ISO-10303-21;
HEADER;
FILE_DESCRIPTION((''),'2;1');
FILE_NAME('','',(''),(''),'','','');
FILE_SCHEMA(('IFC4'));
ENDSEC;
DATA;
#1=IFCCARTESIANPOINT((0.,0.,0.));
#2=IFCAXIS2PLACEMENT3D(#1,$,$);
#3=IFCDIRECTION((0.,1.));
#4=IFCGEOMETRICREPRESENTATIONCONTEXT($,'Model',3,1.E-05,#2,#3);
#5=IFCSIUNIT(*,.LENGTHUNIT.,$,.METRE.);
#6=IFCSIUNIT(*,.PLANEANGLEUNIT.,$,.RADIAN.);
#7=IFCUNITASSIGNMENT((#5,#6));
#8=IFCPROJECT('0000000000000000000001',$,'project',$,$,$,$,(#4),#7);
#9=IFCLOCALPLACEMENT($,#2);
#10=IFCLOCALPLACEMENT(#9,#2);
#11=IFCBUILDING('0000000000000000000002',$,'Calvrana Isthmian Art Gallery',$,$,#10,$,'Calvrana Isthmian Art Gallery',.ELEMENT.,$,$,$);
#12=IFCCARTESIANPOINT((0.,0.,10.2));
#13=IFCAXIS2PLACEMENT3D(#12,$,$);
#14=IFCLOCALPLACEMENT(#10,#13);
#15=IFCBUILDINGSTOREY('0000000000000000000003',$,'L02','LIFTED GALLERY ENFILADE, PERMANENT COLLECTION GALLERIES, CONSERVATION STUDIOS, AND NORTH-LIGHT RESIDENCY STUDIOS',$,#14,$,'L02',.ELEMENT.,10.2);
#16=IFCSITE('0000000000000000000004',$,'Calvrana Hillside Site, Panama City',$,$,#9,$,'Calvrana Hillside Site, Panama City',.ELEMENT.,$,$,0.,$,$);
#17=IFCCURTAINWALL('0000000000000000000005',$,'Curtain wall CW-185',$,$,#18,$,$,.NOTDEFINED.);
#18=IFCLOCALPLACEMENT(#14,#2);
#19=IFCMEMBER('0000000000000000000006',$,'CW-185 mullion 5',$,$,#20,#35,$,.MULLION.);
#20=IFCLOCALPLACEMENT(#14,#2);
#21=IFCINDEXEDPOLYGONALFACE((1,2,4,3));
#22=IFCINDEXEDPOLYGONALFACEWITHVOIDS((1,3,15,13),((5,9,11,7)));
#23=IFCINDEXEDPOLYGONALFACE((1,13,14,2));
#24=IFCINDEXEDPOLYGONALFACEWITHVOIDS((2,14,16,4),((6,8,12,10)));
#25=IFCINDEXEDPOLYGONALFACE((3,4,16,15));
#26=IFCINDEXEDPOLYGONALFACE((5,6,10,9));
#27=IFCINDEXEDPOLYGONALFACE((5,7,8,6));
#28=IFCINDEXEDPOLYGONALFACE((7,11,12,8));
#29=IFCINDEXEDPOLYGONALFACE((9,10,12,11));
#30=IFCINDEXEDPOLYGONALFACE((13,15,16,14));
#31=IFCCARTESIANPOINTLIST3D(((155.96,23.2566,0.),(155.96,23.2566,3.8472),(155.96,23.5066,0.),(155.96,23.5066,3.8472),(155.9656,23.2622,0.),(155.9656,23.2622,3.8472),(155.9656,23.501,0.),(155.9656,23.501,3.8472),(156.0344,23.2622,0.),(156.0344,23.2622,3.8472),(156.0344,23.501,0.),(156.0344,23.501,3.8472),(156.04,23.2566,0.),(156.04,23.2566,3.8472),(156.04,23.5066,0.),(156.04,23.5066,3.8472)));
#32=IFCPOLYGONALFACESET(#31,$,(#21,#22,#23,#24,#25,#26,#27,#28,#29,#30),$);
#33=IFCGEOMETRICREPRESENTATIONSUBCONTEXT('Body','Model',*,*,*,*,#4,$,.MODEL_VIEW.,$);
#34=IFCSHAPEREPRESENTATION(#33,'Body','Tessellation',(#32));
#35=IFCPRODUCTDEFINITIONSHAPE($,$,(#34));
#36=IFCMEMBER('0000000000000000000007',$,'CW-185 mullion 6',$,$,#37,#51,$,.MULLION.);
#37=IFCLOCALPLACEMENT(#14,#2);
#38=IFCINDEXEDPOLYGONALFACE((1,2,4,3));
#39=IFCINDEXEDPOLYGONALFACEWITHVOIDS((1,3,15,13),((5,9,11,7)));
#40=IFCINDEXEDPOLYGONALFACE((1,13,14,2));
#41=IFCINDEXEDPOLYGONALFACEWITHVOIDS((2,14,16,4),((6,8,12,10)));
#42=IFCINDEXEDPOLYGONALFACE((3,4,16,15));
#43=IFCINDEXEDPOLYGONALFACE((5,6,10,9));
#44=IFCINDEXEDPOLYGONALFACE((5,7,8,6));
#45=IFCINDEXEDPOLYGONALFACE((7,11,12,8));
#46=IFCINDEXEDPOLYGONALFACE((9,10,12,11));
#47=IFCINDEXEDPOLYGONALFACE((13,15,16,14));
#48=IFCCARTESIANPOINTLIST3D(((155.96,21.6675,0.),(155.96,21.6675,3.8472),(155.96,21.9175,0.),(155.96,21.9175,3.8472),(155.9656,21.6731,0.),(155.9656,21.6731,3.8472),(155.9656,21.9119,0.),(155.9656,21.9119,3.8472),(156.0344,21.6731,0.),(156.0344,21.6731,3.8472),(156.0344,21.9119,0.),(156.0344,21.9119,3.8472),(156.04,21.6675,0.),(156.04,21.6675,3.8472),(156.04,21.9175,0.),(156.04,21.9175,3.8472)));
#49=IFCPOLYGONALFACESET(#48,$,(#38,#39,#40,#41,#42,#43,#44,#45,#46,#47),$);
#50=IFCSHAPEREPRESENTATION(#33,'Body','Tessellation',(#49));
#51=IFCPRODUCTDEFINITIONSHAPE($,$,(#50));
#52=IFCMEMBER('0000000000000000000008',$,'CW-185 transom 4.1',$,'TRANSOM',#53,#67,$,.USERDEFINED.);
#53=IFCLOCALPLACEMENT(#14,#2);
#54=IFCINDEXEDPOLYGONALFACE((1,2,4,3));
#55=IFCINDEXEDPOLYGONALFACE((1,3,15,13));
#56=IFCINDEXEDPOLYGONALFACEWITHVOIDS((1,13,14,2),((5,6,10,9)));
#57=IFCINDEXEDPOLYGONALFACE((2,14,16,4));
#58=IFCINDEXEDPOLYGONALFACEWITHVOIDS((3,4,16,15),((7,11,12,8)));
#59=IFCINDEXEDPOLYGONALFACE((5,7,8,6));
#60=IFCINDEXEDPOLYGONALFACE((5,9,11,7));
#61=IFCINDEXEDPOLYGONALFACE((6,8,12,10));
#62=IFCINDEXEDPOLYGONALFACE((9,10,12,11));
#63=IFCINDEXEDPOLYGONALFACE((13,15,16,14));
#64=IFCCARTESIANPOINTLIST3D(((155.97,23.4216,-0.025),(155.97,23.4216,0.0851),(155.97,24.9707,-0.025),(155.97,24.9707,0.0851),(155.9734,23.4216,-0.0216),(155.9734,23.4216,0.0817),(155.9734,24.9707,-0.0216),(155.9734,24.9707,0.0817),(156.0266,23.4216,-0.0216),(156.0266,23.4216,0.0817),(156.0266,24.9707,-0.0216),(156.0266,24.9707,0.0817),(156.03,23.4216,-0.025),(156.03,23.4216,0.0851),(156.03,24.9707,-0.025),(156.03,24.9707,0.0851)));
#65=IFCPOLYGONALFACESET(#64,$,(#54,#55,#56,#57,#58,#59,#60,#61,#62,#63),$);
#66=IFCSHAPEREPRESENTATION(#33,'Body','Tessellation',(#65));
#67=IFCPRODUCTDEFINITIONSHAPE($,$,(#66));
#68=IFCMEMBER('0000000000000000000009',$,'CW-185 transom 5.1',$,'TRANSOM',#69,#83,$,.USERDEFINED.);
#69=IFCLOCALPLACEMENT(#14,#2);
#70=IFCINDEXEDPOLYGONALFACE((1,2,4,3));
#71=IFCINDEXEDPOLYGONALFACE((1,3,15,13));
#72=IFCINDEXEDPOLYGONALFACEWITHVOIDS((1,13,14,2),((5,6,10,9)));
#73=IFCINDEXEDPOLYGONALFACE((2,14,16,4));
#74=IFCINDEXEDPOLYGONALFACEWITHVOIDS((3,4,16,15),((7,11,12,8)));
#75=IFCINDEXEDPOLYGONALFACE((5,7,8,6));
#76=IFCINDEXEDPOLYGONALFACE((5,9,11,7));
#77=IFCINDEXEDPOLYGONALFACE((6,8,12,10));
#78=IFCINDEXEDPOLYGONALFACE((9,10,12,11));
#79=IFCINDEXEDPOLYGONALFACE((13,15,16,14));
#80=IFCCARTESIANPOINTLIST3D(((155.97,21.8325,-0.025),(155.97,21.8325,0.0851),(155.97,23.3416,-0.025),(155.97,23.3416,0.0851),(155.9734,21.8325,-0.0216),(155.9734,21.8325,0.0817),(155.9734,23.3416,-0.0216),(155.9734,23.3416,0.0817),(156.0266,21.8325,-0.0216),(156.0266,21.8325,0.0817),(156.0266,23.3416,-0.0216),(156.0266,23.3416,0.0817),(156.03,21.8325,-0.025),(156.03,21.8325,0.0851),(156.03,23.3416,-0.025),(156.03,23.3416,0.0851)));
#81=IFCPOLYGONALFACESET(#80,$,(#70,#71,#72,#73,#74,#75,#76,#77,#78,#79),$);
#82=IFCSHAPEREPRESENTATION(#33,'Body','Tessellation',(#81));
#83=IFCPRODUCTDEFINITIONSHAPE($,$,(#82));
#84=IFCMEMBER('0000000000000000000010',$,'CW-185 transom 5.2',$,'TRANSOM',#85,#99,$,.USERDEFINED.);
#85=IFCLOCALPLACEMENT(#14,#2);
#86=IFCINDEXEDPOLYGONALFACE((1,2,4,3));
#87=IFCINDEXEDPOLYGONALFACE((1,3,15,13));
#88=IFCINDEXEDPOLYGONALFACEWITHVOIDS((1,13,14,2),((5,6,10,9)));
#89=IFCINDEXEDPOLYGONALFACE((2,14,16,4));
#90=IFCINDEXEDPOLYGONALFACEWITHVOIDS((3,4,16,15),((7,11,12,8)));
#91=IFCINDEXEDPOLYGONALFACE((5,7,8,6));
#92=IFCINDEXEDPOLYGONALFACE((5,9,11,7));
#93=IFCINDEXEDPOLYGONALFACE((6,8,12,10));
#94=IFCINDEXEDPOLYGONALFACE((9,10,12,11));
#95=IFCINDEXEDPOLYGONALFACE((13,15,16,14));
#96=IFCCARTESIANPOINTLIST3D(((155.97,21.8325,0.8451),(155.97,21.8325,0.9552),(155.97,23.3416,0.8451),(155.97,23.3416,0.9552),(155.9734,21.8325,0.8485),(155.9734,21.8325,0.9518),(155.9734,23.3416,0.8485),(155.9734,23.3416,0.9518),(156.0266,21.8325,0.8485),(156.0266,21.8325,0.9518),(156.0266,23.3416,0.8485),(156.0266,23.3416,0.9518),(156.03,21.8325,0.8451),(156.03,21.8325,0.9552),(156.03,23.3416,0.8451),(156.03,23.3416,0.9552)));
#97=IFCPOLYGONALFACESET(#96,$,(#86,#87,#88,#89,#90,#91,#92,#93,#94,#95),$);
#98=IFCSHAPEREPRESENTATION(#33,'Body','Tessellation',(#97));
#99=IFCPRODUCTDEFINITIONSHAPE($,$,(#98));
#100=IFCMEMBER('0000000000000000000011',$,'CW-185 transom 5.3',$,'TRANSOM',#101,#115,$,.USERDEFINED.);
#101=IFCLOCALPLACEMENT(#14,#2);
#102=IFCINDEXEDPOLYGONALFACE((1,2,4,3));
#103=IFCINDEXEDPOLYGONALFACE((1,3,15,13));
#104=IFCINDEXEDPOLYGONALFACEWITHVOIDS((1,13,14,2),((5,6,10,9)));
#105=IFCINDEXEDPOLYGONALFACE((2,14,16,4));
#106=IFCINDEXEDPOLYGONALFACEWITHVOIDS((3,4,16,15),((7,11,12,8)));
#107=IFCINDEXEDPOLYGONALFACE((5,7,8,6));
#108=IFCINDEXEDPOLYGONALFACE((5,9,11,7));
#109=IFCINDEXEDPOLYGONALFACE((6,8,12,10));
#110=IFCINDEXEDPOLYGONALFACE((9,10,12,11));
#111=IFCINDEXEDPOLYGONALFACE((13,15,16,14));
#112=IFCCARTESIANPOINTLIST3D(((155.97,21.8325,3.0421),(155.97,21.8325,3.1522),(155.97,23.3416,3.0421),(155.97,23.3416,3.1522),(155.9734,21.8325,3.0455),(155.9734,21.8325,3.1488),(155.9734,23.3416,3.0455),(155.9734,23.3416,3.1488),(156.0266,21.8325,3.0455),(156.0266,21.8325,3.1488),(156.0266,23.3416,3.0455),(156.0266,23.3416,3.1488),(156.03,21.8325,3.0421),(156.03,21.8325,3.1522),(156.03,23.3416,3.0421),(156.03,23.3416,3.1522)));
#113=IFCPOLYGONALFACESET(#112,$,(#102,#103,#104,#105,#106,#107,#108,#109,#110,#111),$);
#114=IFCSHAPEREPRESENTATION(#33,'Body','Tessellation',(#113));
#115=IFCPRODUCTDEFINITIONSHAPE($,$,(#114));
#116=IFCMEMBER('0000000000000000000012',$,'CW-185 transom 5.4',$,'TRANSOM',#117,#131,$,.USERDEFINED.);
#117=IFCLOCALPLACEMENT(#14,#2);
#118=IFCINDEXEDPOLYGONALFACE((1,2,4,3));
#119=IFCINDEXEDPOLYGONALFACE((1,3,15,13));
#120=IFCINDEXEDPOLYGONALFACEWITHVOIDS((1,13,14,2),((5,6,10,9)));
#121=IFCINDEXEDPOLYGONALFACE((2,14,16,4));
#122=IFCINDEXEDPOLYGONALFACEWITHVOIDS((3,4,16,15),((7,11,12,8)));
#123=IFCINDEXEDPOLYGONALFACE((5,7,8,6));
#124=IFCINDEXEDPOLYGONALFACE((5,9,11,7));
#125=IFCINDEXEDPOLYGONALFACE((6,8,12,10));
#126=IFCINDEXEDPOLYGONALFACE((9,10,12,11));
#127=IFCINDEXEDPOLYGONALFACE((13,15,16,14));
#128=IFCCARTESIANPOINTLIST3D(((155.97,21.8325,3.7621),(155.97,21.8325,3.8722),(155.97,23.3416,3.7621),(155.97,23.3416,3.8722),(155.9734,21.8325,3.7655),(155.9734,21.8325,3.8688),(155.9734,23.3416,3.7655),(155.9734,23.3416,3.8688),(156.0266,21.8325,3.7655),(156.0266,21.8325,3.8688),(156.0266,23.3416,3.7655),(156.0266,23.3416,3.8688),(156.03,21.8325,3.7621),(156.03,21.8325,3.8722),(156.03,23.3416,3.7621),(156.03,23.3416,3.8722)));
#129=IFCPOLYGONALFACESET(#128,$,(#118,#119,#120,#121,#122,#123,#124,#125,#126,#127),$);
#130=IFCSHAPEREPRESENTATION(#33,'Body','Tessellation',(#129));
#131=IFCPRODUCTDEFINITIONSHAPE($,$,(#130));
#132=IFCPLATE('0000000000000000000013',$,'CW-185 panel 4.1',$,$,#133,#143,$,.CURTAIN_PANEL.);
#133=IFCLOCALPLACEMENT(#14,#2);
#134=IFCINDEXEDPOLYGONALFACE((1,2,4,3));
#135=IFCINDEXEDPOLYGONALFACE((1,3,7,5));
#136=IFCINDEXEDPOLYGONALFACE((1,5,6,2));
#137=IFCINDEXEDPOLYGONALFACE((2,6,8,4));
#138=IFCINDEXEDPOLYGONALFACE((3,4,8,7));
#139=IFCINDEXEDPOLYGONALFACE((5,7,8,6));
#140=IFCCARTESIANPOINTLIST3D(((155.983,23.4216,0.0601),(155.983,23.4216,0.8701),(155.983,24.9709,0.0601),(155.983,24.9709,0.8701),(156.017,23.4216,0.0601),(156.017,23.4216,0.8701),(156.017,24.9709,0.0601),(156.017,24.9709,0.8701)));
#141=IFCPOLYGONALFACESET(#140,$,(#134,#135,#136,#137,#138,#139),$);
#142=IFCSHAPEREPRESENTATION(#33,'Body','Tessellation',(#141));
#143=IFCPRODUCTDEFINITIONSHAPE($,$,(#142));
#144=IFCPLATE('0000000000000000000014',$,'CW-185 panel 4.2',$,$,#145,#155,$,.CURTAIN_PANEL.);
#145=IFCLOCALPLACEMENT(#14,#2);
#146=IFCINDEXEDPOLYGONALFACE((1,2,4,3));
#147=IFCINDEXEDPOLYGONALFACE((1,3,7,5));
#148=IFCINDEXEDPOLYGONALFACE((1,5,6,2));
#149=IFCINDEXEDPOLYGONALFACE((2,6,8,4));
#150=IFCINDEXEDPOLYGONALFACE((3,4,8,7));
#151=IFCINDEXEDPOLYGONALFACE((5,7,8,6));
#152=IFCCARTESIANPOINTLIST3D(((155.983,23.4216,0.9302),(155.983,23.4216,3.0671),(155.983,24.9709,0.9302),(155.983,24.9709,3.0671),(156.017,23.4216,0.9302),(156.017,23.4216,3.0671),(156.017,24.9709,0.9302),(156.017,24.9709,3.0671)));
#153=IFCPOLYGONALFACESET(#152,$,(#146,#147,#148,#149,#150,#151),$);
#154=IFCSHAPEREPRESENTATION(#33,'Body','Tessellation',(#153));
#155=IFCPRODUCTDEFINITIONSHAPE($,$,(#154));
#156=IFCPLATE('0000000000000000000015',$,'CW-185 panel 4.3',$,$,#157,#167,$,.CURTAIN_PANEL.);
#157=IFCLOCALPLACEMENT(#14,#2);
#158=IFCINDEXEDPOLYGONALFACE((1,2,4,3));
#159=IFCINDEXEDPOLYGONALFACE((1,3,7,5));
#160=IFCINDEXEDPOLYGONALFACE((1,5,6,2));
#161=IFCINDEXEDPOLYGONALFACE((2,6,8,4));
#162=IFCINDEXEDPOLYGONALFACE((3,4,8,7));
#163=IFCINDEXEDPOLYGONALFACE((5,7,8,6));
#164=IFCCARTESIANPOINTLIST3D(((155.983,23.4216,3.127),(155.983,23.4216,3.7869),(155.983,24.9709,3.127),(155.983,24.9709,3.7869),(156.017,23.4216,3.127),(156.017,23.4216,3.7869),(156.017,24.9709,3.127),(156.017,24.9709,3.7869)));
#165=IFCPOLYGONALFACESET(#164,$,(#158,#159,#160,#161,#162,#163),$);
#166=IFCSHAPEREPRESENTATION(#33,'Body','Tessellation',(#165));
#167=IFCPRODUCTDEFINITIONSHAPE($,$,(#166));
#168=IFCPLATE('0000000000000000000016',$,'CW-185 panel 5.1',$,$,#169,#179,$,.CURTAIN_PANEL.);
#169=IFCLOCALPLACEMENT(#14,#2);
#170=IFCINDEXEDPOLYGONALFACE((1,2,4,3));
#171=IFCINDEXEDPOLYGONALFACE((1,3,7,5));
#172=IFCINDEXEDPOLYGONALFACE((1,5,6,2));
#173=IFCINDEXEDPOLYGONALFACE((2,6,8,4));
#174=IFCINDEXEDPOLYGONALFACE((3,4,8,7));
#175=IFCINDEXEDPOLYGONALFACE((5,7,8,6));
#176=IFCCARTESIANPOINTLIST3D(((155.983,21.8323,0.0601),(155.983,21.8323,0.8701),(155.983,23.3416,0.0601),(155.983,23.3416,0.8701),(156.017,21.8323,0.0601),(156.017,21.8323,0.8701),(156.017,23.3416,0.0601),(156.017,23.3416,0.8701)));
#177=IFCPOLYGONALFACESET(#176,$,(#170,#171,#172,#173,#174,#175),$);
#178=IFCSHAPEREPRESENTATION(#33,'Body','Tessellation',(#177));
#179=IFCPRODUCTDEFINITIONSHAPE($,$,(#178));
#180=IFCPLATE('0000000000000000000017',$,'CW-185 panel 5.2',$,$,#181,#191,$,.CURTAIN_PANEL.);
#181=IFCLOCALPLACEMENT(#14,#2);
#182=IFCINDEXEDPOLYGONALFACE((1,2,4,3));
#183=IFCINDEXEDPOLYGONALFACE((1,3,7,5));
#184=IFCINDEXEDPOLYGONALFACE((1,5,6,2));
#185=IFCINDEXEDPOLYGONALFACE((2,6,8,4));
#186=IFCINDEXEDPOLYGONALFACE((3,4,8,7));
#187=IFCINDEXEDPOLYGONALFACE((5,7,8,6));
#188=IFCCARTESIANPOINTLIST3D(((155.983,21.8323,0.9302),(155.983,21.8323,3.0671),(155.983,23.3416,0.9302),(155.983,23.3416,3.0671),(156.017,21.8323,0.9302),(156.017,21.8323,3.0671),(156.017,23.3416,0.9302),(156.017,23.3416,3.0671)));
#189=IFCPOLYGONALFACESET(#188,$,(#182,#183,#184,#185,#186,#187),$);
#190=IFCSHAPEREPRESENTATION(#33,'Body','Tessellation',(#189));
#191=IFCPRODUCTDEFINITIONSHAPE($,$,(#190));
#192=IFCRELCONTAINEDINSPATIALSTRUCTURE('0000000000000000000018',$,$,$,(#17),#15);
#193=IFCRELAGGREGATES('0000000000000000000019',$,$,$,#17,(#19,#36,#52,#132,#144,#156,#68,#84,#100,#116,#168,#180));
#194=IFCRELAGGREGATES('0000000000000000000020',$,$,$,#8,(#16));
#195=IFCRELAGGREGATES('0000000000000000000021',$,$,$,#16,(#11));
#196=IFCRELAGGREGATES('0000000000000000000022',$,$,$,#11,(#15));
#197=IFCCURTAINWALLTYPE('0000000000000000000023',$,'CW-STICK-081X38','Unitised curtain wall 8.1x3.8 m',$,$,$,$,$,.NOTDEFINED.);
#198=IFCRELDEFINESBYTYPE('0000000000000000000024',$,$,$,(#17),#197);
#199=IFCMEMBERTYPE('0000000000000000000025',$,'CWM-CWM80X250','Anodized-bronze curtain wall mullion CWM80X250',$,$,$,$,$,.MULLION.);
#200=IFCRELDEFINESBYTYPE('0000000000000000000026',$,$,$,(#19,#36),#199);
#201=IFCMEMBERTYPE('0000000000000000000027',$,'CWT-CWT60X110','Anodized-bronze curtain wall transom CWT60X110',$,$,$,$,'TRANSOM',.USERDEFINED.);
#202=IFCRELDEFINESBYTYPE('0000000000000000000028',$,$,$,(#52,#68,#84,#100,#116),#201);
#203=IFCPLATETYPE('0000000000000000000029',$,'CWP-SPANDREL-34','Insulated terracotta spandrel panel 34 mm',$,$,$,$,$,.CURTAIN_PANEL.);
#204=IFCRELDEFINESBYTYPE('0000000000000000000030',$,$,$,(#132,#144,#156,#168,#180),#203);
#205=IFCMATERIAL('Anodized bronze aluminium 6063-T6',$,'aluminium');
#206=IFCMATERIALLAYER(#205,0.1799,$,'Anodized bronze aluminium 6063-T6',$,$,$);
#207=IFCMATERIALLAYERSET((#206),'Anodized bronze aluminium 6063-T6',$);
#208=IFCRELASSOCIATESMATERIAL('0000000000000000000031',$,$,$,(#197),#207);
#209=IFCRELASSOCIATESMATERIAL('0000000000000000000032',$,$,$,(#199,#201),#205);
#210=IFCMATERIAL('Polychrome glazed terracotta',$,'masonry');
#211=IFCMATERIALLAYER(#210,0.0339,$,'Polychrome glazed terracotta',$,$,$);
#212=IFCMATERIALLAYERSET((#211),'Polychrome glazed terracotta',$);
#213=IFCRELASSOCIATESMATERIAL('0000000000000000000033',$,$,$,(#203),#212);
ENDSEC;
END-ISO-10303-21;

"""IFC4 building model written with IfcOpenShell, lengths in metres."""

from ifc_helpers import new_model, si_unit, direction, frame, origin, origin_2d, place, context, subcontext, project, spatial, rectangle, hollow_rectangle, extrude, material, layer, layer_set, material_profile, profile_set, type_object, element, aggregate, save


model = new_model("IFC4")

# Units and contexts
model_context = context("Model", 3, precision=1e-05, world=origin(), true_north=direction((0.0, 1.0)))
body_context = subcontext(model_context, "Body", "Model", "MODEL_VIEW")
ifc_project = project(units=[si_unit("LENGTHUNIT", "METRE"), si_unit("PLANEANGLEUNIT", "RADIAN")], contexts=[model_context])

# Site, building, storey
site_placement = place(None, origin())
site = spatial("IfcSite", under=ifc_project, at=site_placement, Name="Calvrana Hillside Site, Panama City", LongName="Calvrana Hillside Site, Panama City", CompositionType="ELEMENT", RefElevation=0.0)
building_placement = place(site_placement, origin())
building = spatial("IfcBuilding", under=site, at=building_placement, Name="Calvrana Isthmian Art Gallery", LongName="Calvrana Isthmian Art Gallery", CompositionType="ELEMENT")
storey_placement = place(building_placement, frame((0.0, 0.0, 10.2)))
storey = spatial("IfcBuildingStorey", under=building, at=storey_placement, Name="L02", Description="LIFTED GALLERY ENFILADE, PERMANENT COLLECTION GALLERIES, CONSERVATION STUDIOS, AND NORTH-LIGHT RESIDENCY STUDIOS", LongName="L02", CompositionType="ELEMENT", Elevation=10.2)

# Curtain wall, members, plates
ifc_material_1 = material(Name="Anodized bronze aluminium 6063-T6", Category="aluminium")
ifc_layer_1 = layer(ifc_material_1, 0.1799, Name="Anodized bronze aluminium 6063-T6")
ifc_layer_set_1 = layer_set([ifc_layer_1], Name="Anodized bronze aluminium 6063-T6")
curtain_wall_type = type_object("IfcCurtainWallType", Name="CW-STICK-081X38", Description="Unitised curtain wall 8.1x3.8 m", PredefinedType="NOTDEFINED", material=ifc_layer_set_1)
curtain_wall_placement = place(storey_placement, origin())
curtain_wall = element("IfcCurtainWall", 1, at=curtain_wall_placement, inside=storey, type_object=curtain_wall_type, Name="Curtain wall CW-185", PredefinedType="NOTDEFINED")
ifc_material_profile_1 = material_profile(ifc_material_1, hollow_rectangle(XDim=0.0801, YDim=0.25, WallThickness=0.0056, at=origin_2d()), Name="CWM80X250")
ifc_profile_set_1 = profile_set([ifc_material_profile_1], Name="Anodized bronze aluminium 6063-T6")
member_type_1 = type_object("IfcMemberType", Name="CWM-CWM80X250", Description="Anodized-bronze curtain wall mullion CWM80X250", PredefinedType="MULLION", material=ifc_profile_set_1)
member_1_placement = place(storey_placement, frame((156.0, 23.3816, 0.0), z_axis=(0.0, 0.0, 1.0), x_axis=(1.0, 0.0, 0.0)))
member_1 = element("IfcMember", 2, at=member_1_placement, type_object=member_type_1, Name="CW-185 mullion 5", PredefinedType="MULLION", context=body_context, shape_type="SweptSolid", body=[
    extrude(hollow_rectangle(XDim=0.0801, YDim=0.25, WallThickness=0.0056, at=origin_2d()), origin(), (0.0, 0.0, 1.0), 3.8472),
])
member_2_placement = place(storey_placement, frame((156.0, 21.7925, 0.0), z_axis=(0.0, 0.0, 1.0), x_axis=(1.0, 0.0, 0.0)))
member_2 = element("IfcMember", 3, at=member_2_placement, type_object=member_type_1, Name="CW-185 mullion 6", PredefinedType="MULLION", context=body_context, shape_type="SweptSolid", body=[
    extrude(hollow_rectangle(XDim=0.0801, YDim=0.25, WallThickness=0.0056, at=origin_2d()), origin(), (0.0, 0.0, 1.0), 3.8472),
])
ifc_material_profile_2 = material_profile(ifc_material_1, hollow_rectangle(XDim=0.0601, YDim=0.1101, WallThickness=0.0034, at=origin_2d()), Name="CWT60X110")
ifc_profile_set_2 = profile_set([ifc_material_profile_2], Name="Anodized bronze aluminium 6063-T6")
member_type_2 = type_object("IfcMemberType", Name="CWT-CWT60X110", Description="Anodized-bronze curtain wall transom CWT60X110", ElementType="TRANSOM", PredefinedType="USERDEFINED", material=ifc_profile_set_2)
member_3_placement = place(storey_placement, frame((156.0, 24.9707, 0.03), z_axis=(0.0, -1.0, 0.0), x_axis=(1.0, 0.0, 0.0)))
member_3 = element("IfcMember", 4, at=member_3_placement, type_object=member_type_2, Name="CW-185 transom 4.1", ObjectType="TRANSOM", PredefinedType="USERDEFINED", context=body_context, shape_type="SweptSolid", body=[
    extrude(hollow_rectangle(XDim=0.0601, YDim=0.1101, WallThickness=0.0034, at=origin_2d()), origin(), (0.0, 0.0, 1.0), 1.5491),
])
member_4_placement = place(storey_placement, frame((156.0, 23.3416, 0.03), z_axis=(0.0, -1.0, 0.0), x_axis=(1.0, 0.0, 0.0)))
member_4 = element("IfcMember", 5, at=member_4_placement, type_object=member_type_2, Name="CW-185 transom 5.1", ObjectType="TRANSOM", PredefinedType="USERDEFINED", context=body_context, shape_type="SweptSolid", body=[
    extrude(hollow_rectangle(XDim=0.0601, YDim=0.1101, WallThickness=0.0034, at=origin_2d()), origin(), (0.0, 0.0, 1.0), 1.509),
])
member_5_placement = place(storey_placement, frame((156.0, 23.3416, 0.9001), z_axis=(0.0, -1.0, 0.0), x_axis=(1.0, 0.0, 0.0)))
member_5 = element("IfcMember", 6, at=member_5_placement, type_object=member_type_2, Name="CW-185 transom 5.2", ObjectType="TRANSOM", PredefinedType="USERDEFINED", context=body_context, shape_type="SweptSolid", body=[
    extrude(hollow_rectangle(XDim=0.0601, YDim=0.1101, WallThickness=0.0034, at=origin_2d()), origin(), (0.0, 0.0, 1.0), 1.509),
])
member_6_placement = place(storey_placement, frame((156.0, 23.3416, 3.0972), z_axis=(0.0, -1.0, 0.0), x_axis=(1.0, 0.0, 0.0)))
member_6 = element("IfcMember", 7, at=member_6_placement, type_object=member_type_2, Name="CW-185 transom 5.3", ObjectType="TRANSOM", PredefinedType="USERDEFINED", context=body_context, shape_type="SweptSolid", body=[
    extrude(hollow_rectangle(XDim=0.0601, YDim=0.1101, WallThickness=0.0034, at=origin_2d()), origin(), (0.0, 0.0, 1.0), 1.509),
])
member_7_placement = place(storey_placement, frame((156.0, 23.3416, 3.8171), z_axis=(0.0, -1.0, 0.0), x_axis=(1.0, 0.0, 0.0)))
member_7 = element("IfcMember", 8, at=member_7_placement, type_object=member_type_2, Name="CW-185 transom 5.4", ObjectType="TRANSOM", PredefinedType="USERDEFINED", context=body_context, shape_type="SweptSolid", body=[
    extrude(hollow_rectangle(XDim=0.0601, YDim=0.1101, WallThickness=0.0034, at=origin_2d()), origin(), (0.0, 0.0, 1.0), 1.509),
])
ifc_material_2 = material(Name="Polychrome glazed terracotta", Category="masonry")
ifc_layer_2 = layer(ifc_material_2, 0.0339, Name="Polychrome glazed terracotta")
ifc_layer_set_2 = layer_set([ifc_layer_2], Name="Polychrome glazed terracotta")
plate_type_1 = type_object("IfcPlateType", Name="CWP-SPANDREL-34", Description="Insulated terracotta spandrel panel 34 mm", PredefinedType="CURTAIN_PANEL", material=ifc_layer_set_2)
plate_1_placement = place(storey_placement, frame((156.0, 24.1963, 0.0601), z_axis=(0.0, 0.0, 1.0), x_axis=(0.0, -1.0, 0.0)))
plate_1 = element("IfcPlate", 9, at=plate_1_placement, type_object=plate_type_1, Name="CW-185 panel 4.1", PredefinedType="CURTAIN_PANEL", context=body_context, shape_type="SweptSolid", body=[
    extrude(rectangle(XDim=1.5493, YDim=0.0339, at=origin_2d()), origin(), (0.0, 0.0, 1.0), 0.8101),
])
plate_2_placement = place(storey_placement, frame((156.0, 24.1963, 0.9302), z_axis=(0.0, 0.0, 1.0), x_axis=(0.0, -1.0, 0.0)))
plate_2 = element("IfcPlate", 10, at=plate_2_placement, type_object=plate_type_1, Name="CW-185 panel 4.2", PredefinedType="CURTAIN_PANEL", context=body_context, shape_type="SweptSolid", body=[
    extrude(rectangle(XDim=1.5493, YDim=0.0339, at=origin_2d()), origin(), (0.0, 0.0, 1.0), 2.137),
])
plate_3_placement = place(storey_placement, frame((156.0, 24.1963, 3.127), z_axis=(0.0, 0.0, 1.0), x_axis=(0.0, -1.0, 0.0)))
plate_3 = element("IfcPlate", 11, at=plate_3_placement, type_object=plate_type_1, Name="CW-185 panel 4.3", PredefinedType="CURTAIN_PANEL", context=body_context, shape_type="SweptSolid", body=[
    extrude(rectangle(XDim=1.5493, YDim=0.0339, at=origin_2d()), origin(), (0.0, 0.0, 1.0), 0.6599),
])
plate_4_placement = place(storey_placement, frame((156.0, 22.5869, 0.0601), z_axis=(0.0, 0.0, 1.0), x_axis=(0.0, -1.0, 0.0)))
plate_4 = element("IfcPlate", 12, at=plate_4_placement, type_object=plate_type_1, Name="CW-185 panel 5.1", PredefinedType="CURTAIN_PANEL", context=body_context, shape_type="SweptSolid", body=[
    extrude(rectangle(XDim=1.5093, YDim=0.0339, at=origin_2d()), origin(), (0.0, 0.0, 1.0), 0.8101),
])
plate_5_placement = place(storey_placement, frame((156.0, 22.5869, 0.9302), z_axis=(0.0, 0.0, 1.0), x_axis=(0.0, -1.0, 0.0)))
plate_5 = element("IfcPlate", 13, at=plate_5_placement, type_object=plate_type_1, Name="CW-185 panel 5.2", PredefinedType="CURTAIN_PANEL", context=body_context, shape_type="SweptSolid", body=[
    extrude(rectangle(XDim=1.5093, YDim=0.0339, at=origin_2d()), origin(), (0.0, 0.0, 1.0), 2.137),
])
aggregate(curtain_wall, [member_1, member_2, member_3, plate_1, plate_2, plate_3, member_4, member_5, member_6, member_7, plate_4, plate_5])

save(model, "model.ifc")
